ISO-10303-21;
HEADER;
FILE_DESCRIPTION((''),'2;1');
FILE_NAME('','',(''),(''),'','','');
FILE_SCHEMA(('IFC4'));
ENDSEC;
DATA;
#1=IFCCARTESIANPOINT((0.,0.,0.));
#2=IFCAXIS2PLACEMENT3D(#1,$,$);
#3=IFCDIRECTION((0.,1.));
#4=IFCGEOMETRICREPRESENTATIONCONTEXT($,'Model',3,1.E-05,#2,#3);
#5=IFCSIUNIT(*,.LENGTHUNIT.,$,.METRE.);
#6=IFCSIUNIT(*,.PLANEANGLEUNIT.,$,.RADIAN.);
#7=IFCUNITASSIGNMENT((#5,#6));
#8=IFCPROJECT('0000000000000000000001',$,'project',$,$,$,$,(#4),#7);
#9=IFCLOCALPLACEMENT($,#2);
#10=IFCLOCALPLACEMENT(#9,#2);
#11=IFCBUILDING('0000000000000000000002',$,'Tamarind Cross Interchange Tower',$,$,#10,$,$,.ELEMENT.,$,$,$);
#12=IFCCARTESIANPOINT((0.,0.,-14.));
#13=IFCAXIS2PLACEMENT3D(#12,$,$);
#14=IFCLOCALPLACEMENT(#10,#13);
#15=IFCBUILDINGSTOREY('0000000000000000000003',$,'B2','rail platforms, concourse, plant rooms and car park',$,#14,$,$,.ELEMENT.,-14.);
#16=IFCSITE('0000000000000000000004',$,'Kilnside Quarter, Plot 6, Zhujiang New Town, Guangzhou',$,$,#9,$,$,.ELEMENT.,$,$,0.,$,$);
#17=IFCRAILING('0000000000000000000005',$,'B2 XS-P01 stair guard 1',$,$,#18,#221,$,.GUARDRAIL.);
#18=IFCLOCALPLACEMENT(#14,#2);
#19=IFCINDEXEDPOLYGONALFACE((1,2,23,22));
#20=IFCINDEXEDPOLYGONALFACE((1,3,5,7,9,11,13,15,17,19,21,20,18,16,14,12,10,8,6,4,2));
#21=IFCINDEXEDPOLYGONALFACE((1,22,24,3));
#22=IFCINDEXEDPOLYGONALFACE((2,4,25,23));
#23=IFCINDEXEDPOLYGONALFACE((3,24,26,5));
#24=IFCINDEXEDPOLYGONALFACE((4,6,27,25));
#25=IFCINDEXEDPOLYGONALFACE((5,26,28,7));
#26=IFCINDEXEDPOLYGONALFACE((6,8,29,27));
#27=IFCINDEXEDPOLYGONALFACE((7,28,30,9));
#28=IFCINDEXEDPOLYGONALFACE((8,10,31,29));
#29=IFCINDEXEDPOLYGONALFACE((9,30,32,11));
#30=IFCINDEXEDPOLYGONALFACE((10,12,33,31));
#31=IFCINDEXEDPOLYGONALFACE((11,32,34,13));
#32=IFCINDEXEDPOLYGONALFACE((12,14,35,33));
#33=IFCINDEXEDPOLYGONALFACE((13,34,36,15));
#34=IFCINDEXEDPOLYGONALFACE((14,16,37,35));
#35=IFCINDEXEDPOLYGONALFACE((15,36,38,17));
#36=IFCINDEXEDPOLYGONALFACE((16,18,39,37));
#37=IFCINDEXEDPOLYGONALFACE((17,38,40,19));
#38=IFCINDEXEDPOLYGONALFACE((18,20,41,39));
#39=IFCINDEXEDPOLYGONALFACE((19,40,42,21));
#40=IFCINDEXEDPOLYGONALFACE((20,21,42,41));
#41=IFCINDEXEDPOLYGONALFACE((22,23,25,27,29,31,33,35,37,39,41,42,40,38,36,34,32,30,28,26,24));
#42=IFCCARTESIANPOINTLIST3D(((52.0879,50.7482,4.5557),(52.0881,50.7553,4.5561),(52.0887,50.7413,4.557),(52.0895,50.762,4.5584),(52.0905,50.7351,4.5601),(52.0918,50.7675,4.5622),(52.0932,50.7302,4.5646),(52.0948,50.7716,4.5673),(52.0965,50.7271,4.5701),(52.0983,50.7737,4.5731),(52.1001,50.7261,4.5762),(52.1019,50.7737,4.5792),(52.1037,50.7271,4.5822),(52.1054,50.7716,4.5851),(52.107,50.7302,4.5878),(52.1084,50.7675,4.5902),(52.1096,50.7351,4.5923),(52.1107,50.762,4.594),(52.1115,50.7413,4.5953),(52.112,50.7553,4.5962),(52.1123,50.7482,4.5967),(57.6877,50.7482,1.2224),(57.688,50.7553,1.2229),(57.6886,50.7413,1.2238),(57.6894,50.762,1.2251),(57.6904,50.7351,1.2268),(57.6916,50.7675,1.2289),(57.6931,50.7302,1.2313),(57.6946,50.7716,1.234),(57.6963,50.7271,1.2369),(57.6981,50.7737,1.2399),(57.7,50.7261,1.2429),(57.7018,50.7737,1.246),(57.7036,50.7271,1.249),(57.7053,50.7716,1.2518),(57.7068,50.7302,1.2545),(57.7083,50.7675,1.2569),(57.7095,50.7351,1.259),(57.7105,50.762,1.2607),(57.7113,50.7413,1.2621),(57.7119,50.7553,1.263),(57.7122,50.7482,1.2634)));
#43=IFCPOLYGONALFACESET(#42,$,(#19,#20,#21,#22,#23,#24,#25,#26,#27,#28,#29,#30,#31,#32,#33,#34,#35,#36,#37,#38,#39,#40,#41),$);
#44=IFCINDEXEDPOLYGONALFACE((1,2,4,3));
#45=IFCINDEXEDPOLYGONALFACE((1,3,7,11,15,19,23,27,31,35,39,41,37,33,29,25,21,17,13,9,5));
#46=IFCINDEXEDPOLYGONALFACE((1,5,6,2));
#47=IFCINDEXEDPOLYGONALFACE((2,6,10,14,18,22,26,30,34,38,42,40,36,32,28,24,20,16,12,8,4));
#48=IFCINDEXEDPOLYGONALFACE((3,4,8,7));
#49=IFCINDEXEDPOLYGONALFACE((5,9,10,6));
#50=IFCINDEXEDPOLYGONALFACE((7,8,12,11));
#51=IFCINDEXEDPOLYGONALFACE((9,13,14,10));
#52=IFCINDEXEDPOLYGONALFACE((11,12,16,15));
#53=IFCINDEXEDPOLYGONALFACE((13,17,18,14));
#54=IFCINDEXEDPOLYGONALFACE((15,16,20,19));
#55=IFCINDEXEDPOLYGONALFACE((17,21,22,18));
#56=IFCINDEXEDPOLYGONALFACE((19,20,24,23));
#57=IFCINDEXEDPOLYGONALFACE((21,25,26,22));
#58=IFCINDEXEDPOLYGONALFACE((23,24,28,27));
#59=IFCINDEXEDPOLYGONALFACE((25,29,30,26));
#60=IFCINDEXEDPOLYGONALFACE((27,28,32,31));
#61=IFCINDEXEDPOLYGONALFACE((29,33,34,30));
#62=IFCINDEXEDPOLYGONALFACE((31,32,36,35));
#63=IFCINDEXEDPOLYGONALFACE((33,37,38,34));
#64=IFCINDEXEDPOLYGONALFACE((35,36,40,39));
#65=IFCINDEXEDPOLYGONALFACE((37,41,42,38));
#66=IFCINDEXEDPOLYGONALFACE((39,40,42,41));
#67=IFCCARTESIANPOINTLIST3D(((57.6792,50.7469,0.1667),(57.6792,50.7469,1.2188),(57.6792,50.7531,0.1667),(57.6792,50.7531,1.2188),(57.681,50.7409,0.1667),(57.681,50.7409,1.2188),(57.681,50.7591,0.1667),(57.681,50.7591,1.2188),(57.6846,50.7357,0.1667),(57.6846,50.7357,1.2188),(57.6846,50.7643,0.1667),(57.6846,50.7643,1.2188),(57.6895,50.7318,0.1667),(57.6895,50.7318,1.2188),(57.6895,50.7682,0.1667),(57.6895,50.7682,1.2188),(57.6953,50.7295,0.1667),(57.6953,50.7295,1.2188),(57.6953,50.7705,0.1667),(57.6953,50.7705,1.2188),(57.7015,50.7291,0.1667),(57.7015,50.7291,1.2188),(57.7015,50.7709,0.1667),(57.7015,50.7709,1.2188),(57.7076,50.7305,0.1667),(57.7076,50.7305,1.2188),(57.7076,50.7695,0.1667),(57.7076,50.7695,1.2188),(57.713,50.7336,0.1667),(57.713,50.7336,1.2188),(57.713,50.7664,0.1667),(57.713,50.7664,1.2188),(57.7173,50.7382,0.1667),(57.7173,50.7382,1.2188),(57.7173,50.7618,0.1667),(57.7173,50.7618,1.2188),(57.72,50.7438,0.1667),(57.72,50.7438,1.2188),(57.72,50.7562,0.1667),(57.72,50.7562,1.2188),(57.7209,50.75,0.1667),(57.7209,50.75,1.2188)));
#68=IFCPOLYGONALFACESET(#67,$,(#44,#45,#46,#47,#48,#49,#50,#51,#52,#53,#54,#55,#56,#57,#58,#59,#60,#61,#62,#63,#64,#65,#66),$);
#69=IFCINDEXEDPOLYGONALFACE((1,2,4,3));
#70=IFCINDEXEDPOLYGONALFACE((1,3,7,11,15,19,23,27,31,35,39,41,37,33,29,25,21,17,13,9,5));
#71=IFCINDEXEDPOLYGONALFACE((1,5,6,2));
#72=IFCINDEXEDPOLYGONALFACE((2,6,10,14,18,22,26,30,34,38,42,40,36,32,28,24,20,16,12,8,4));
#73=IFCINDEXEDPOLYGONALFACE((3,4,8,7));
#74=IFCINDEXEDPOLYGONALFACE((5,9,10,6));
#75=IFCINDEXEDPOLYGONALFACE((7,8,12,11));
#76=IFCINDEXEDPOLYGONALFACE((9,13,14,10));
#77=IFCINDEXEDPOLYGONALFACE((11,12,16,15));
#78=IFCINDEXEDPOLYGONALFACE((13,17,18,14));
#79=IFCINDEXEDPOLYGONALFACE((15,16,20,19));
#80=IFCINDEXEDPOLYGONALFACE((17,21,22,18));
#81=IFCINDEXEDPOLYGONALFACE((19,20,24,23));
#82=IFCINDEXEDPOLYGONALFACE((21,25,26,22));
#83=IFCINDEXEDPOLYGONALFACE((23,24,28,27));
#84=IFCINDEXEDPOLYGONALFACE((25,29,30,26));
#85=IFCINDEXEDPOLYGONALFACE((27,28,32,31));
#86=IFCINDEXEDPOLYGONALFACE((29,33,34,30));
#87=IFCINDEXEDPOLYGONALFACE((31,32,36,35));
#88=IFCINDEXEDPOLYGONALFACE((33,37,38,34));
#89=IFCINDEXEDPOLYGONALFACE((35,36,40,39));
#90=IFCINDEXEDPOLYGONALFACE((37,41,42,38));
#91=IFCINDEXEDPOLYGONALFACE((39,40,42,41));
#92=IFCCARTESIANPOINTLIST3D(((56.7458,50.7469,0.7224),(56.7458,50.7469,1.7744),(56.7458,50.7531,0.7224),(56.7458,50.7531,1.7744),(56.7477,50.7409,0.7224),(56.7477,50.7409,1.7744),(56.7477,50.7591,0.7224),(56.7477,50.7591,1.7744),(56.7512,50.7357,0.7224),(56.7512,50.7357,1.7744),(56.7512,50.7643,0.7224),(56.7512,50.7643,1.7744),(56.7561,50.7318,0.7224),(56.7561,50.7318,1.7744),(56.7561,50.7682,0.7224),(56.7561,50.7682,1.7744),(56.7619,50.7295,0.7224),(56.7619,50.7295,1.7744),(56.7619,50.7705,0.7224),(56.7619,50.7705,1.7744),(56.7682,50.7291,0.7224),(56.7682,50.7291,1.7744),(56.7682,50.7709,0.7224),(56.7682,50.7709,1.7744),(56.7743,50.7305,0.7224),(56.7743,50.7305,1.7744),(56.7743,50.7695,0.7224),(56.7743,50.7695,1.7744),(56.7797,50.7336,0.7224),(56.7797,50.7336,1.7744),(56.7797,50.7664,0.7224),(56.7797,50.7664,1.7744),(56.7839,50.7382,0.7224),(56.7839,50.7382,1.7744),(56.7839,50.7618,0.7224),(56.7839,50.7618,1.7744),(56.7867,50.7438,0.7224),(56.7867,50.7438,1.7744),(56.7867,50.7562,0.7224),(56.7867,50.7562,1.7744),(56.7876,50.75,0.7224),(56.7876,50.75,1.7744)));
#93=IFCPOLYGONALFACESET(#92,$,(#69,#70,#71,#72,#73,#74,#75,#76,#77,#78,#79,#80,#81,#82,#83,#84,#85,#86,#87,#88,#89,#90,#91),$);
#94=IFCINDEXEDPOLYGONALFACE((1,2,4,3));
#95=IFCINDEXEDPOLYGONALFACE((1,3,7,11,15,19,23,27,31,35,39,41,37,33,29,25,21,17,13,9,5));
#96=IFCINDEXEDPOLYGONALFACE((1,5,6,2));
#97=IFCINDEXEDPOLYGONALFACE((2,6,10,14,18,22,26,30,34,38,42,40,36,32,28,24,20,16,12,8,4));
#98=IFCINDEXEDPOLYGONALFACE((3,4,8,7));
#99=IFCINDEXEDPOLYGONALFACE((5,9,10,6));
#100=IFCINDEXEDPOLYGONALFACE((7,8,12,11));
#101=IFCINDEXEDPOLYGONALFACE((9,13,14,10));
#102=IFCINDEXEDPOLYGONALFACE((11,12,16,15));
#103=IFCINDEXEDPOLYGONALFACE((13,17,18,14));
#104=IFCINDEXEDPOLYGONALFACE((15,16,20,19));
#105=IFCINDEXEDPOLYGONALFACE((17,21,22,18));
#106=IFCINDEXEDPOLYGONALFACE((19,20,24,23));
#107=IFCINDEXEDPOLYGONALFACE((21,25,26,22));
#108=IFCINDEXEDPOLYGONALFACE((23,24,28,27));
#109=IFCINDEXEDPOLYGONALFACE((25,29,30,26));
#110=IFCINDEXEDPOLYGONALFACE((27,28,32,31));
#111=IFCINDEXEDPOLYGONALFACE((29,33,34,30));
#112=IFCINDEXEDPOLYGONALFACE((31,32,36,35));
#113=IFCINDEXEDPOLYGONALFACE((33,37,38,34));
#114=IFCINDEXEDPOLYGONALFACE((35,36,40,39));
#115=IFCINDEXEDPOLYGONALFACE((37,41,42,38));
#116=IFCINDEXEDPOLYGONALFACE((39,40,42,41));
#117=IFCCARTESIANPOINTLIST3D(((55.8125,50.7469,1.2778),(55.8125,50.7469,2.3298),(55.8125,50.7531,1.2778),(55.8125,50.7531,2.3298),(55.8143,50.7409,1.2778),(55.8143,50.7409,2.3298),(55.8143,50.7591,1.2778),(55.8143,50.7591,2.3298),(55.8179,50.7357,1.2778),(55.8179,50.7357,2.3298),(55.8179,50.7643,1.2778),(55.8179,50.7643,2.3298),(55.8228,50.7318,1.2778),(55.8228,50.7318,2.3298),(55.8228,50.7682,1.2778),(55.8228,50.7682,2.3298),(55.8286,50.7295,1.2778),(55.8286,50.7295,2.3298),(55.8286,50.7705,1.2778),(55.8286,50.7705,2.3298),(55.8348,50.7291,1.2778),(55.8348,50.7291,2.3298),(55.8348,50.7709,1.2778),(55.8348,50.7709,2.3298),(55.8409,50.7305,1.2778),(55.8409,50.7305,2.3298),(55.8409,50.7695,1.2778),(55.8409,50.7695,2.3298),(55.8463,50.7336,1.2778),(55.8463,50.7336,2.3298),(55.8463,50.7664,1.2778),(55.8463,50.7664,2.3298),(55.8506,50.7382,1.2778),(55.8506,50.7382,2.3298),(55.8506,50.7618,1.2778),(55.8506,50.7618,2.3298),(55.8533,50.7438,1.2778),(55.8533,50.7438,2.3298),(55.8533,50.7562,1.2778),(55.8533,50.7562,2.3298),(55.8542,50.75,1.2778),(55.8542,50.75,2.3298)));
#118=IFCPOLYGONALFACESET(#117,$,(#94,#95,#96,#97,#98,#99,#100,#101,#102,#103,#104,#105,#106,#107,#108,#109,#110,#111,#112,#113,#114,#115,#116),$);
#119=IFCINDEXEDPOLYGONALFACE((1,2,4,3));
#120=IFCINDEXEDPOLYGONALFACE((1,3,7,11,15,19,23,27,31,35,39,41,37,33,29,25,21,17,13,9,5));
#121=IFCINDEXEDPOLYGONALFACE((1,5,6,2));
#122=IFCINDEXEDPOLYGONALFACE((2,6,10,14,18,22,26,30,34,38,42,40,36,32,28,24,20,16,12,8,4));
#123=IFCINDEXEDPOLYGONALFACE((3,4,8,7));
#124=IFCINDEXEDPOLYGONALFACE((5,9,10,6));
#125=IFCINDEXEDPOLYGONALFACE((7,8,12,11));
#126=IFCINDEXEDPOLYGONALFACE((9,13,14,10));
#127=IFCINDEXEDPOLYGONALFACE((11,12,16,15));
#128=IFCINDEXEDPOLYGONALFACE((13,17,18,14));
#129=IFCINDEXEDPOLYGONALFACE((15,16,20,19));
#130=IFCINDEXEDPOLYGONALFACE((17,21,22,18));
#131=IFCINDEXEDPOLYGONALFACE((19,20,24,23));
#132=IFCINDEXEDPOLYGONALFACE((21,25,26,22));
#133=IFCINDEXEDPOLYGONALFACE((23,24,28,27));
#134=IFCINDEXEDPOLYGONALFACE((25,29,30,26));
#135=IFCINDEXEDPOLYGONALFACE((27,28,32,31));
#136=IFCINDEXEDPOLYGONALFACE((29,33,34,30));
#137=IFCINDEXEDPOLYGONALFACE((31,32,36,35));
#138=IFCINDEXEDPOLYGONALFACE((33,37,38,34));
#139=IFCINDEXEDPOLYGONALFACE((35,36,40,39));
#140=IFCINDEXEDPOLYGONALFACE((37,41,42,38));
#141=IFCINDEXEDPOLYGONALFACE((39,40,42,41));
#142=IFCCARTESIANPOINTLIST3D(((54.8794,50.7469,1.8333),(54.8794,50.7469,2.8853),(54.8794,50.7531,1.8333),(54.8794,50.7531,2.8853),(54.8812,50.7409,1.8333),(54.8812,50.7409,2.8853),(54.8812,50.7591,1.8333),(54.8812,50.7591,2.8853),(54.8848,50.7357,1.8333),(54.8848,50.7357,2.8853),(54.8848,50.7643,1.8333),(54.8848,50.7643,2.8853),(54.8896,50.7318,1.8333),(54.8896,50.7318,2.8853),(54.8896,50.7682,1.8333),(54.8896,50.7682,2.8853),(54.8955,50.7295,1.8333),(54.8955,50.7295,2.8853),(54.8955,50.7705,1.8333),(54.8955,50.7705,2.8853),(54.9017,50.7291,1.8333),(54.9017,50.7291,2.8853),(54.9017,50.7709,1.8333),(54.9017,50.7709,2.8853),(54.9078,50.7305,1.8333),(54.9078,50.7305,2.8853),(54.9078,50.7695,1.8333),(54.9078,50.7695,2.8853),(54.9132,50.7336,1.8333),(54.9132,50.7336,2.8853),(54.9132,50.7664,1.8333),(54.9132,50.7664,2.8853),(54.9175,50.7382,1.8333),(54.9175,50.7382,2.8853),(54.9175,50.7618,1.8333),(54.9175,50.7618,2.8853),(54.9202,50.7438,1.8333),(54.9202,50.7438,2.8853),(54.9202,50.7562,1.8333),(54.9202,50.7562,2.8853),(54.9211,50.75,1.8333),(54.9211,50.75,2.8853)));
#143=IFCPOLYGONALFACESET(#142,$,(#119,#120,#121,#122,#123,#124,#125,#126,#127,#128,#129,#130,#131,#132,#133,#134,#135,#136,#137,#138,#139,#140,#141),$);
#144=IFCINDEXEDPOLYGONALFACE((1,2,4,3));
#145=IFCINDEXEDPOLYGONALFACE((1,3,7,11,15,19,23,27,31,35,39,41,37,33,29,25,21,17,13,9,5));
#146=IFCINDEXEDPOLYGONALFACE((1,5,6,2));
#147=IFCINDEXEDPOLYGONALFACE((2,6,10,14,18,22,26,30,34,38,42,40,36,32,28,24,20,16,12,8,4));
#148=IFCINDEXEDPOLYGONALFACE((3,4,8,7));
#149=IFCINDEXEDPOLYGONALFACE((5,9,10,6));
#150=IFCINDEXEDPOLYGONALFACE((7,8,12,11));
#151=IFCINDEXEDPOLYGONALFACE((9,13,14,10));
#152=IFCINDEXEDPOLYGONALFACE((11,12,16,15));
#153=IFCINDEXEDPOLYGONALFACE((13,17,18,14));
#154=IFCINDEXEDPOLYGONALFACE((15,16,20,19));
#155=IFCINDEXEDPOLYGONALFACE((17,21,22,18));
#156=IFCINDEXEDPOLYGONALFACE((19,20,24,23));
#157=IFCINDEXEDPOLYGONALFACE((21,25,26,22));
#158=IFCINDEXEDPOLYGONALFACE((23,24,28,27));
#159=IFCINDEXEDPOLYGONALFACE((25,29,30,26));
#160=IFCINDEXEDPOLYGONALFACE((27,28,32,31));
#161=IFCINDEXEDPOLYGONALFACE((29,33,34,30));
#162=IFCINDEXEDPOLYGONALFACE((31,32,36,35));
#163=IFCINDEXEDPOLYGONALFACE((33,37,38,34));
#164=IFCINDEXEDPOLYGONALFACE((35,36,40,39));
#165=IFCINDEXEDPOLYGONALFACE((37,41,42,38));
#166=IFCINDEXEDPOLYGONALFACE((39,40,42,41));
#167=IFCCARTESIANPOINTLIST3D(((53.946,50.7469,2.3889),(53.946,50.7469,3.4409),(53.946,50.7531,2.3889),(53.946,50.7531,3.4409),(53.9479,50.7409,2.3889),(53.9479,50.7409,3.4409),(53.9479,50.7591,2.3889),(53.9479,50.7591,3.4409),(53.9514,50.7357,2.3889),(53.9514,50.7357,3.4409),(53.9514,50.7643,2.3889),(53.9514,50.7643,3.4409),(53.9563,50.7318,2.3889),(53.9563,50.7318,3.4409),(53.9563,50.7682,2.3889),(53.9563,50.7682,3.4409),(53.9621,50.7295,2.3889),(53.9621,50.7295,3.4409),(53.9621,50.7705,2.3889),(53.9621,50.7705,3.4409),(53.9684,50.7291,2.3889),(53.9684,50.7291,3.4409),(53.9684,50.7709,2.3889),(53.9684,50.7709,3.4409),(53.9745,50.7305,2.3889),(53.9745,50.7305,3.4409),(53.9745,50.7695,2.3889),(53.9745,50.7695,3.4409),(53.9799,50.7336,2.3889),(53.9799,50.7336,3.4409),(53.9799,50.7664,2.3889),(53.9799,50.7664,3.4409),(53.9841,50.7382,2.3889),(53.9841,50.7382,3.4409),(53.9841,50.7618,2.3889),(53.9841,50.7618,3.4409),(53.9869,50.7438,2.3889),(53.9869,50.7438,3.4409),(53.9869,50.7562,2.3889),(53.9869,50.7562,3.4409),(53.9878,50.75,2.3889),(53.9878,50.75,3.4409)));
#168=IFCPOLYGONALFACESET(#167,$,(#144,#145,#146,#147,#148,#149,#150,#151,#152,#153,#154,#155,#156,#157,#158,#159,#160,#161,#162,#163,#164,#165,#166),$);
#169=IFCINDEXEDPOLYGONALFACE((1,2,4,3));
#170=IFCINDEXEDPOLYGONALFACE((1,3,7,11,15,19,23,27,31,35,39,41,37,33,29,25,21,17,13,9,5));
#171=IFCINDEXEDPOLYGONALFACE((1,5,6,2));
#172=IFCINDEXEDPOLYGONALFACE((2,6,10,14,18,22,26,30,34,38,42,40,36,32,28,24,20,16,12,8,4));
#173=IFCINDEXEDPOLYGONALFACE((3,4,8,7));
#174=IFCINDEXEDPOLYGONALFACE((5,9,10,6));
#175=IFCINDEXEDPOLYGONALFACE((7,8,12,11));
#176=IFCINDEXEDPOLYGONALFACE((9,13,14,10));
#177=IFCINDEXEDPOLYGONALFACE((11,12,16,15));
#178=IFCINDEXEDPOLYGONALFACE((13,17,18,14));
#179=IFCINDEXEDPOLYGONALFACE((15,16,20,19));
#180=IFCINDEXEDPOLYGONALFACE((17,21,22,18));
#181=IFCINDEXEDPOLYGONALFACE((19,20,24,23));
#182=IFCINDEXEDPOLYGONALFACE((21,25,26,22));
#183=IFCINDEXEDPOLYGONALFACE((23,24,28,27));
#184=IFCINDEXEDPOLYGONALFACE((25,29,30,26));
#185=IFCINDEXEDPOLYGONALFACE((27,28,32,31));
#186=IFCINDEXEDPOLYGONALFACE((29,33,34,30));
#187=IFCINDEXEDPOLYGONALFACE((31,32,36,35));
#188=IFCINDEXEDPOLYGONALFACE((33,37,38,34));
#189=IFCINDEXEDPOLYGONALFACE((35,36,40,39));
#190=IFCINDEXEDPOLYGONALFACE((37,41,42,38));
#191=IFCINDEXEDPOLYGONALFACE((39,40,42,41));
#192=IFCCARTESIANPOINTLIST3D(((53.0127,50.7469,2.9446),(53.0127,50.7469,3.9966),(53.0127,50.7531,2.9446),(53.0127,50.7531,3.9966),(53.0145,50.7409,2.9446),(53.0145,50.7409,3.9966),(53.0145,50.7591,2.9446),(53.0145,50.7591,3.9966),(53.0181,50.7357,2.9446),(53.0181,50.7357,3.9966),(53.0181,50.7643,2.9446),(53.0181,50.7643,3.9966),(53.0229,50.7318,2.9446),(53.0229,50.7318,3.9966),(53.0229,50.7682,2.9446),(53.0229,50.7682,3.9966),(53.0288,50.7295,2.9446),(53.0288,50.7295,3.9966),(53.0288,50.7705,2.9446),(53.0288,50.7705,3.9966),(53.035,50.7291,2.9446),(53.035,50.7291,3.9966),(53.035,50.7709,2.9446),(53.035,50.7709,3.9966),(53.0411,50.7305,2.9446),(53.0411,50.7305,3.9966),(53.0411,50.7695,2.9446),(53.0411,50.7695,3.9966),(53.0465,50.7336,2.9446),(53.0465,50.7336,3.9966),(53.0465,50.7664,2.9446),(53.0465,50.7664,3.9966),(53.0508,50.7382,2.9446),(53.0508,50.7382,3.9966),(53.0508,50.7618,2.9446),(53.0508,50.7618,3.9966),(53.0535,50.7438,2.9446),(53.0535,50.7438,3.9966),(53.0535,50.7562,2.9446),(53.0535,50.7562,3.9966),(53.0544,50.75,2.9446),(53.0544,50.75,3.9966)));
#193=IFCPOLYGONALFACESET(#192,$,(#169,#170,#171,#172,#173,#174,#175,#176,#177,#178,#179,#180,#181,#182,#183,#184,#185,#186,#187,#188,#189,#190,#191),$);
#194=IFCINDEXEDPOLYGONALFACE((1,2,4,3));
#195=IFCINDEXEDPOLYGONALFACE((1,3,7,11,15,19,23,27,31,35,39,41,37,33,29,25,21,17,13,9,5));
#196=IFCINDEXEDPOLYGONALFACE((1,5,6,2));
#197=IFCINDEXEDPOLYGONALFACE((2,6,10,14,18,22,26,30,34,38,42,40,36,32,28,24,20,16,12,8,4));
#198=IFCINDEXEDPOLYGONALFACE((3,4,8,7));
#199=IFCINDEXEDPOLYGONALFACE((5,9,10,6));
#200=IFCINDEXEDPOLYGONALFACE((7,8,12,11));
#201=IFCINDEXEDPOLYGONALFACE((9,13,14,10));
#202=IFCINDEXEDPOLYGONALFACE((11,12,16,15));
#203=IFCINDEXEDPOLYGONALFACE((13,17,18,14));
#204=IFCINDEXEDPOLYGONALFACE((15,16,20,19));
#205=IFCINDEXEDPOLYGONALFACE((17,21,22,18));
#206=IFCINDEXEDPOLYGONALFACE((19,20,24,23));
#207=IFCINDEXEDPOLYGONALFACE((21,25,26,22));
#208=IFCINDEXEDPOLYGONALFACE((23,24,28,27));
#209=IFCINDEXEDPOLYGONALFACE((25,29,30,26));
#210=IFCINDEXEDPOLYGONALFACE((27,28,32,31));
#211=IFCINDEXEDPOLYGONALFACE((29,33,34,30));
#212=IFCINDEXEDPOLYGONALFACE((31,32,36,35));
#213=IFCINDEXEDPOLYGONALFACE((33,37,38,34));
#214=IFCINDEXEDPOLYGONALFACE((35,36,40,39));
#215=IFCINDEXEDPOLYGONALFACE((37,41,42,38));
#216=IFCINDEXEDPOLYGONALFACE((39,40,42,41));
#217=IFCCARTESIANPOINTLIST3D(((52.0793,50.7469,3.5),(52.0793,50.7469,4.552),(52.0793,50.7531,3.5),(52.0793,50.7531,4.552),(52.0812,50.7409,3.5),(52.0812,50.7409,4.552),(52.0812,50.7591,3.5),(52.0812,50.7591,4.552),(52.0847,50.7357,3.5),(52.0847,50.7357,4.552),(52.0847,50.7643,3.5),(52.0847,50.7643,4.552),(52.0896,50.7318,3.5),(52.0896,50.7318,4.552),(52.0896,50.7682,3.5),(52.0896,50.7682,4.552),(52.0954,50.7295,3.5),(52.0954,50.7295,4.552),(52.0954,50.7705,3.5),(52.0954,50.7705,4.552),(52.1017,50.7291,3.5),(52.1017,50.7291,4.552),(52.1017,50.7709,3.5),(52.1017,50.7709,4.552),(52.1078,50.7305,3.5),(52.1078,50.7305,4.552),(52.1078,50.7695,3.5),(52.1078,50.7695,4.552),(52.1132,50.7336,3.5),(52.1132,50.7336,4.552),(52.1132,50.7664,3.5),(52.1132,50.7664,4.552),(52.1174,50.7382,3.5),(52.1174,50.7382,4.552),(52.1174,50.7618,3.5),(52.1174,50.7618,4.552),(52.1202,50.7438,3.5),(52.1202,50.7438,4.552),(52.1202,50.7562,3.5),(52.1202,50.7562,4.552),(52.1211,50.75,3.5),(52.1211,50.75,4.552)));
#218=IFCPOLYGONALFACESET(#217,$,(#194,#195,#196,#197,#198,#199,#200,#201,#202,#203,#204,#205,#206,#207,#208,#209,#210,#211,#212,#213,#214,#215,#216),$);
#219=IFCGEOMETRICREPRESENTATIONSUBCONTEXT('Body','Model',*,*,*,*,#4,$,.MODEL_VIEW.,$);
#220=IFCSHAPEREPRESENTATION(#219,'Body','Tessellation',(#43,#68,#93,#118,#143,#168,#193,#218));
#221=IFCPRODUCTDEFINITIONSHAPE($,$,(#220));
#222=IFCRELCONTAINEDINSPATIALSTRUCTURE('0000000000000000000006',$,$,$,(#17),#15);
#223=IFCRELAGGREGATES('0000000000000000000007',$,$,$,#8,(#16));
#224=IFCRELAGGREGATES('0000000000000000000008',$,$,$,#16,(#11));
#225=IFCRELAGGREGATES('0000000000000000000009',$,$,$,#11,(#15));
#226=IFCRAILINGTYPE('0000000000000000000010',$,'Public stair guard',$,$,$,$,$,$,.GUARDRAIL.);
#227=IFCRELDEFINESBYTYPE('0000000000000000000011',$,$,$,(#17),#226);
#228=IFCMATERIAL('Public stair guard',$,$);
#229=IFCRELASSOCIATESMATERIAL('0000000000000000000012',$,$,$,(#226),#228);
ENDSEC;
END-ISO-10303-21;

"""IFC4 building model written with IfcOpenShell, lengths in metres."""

from ifc_helpers import new_model, si_unit, direction, frame, origin, origin_2d, place, context, subcontext, project, spatial, circle, extrude, material, type_object, element, save


model = new_model("IFC4")

# Units and contexts
model_context = context("Model", 3, precision=1e-05, world=origin(), true_north=direction((0.0, 1.0)))
body_context = subcontext(model_context, "Body", "Model", "MODEL_VIEW")
ifc_project = project(units=[si_unit("LENGTHUNIT", "METRE"), si_unit("PLANEANGLEUNIT", "RADIAN")], contexts=[model_context])

# Site, building, storey
site_placement = place(None, origin())
site = spatial("IfcSite", under=ifc_project, at=site_placement, Name="Kilnside Quarter, Plot 6, Zhujiang New Town, Guangzhou", CompositionType="ELEMENT", RefElevation=0.0)
building_placement = place(site_placement, origin())
building = spatial("IfcBuilding", under=site, at=building_placement, Name="Tamarind Cross Interchange Tower", CompositionType="ELEMENT")
storey_placement = place(building_placement, frame((0.0, 0.0, -14.0)))
storey = spatial("IfcBuildingStorey", under=building, at=storey_placement, Name="B2", Description="rail platforms, concourse, plant rooms and car park", CompositionType="ELEMENT", Elevation=-14.0)

# Railing
ifc_material_1 = material(Name="Public stair guard")
railing_type_1 = type_object("IfcRailingType", Name="Public stair guard", PredefinedType="GUARDRAIL", material=ifc_material_1)
railing_1_placement = place(storey_placement, frame((57.7, 50.75, 0.1667)))
element("IfcRailing", 1, at=railing_1_placement, inside=storey, type_object=railing_type_1, Name="B2 XS-P01 stair guard 1", PredefinedType="GUARDRAIL", context=body_context, shape_type="SweptSolid", body=[
    extrude(circle(Radius=0.0239, at=origin_2d()), frame((0.0, 0.0, 1.0762), z_axis=(-0.859292, 0.0, 0.511485), x_axis=(0.0, -1.0, 0.0)), (0.0, 0.0, 1.0), 6.5168),
    extrude(circle(Radius=0.021, at=origin_2d()), origin(), (0.0, 0.0, 1.0), 1.052),
    extrude(circle(Radius=0.021, at=origin_2d()), frame((-0.9333, 0.0, 0.5557)), (0.0, 0.0, 1.0), 1.052),
    extrude(circle(Radius=0.021, at=origin_2d()), frame((-1.8667, 0.0, 1.1111)), (0.0, 0.0, 1.0), 1.052),
    extrude(circle(Radius=0.021, at=origin_2d()), frame((-2.7998, 0.0, 1.6665)), (0.0, 0.0, 1.0), 1.052),
    extrude(circle(Radius=0.021, at=origin_2d()), frame((-3.7332, 0.0, 2.2222)), (0.0, 0.0, 1.0), 1.052),
    extrude(circle(Radius=0.021, at=origin_2d()), frame((-4.6665, 0.0, 2.7778)), (0.0, 0.0, 1.0), 1.052),
    extrude(circle(Radius=0.021, at=origin_2d()), frame((-5.5999, 0.0, 3.3333)), (0.0, 0.0, 1.0), 1.052),
])

save(model, "model.ifc")
